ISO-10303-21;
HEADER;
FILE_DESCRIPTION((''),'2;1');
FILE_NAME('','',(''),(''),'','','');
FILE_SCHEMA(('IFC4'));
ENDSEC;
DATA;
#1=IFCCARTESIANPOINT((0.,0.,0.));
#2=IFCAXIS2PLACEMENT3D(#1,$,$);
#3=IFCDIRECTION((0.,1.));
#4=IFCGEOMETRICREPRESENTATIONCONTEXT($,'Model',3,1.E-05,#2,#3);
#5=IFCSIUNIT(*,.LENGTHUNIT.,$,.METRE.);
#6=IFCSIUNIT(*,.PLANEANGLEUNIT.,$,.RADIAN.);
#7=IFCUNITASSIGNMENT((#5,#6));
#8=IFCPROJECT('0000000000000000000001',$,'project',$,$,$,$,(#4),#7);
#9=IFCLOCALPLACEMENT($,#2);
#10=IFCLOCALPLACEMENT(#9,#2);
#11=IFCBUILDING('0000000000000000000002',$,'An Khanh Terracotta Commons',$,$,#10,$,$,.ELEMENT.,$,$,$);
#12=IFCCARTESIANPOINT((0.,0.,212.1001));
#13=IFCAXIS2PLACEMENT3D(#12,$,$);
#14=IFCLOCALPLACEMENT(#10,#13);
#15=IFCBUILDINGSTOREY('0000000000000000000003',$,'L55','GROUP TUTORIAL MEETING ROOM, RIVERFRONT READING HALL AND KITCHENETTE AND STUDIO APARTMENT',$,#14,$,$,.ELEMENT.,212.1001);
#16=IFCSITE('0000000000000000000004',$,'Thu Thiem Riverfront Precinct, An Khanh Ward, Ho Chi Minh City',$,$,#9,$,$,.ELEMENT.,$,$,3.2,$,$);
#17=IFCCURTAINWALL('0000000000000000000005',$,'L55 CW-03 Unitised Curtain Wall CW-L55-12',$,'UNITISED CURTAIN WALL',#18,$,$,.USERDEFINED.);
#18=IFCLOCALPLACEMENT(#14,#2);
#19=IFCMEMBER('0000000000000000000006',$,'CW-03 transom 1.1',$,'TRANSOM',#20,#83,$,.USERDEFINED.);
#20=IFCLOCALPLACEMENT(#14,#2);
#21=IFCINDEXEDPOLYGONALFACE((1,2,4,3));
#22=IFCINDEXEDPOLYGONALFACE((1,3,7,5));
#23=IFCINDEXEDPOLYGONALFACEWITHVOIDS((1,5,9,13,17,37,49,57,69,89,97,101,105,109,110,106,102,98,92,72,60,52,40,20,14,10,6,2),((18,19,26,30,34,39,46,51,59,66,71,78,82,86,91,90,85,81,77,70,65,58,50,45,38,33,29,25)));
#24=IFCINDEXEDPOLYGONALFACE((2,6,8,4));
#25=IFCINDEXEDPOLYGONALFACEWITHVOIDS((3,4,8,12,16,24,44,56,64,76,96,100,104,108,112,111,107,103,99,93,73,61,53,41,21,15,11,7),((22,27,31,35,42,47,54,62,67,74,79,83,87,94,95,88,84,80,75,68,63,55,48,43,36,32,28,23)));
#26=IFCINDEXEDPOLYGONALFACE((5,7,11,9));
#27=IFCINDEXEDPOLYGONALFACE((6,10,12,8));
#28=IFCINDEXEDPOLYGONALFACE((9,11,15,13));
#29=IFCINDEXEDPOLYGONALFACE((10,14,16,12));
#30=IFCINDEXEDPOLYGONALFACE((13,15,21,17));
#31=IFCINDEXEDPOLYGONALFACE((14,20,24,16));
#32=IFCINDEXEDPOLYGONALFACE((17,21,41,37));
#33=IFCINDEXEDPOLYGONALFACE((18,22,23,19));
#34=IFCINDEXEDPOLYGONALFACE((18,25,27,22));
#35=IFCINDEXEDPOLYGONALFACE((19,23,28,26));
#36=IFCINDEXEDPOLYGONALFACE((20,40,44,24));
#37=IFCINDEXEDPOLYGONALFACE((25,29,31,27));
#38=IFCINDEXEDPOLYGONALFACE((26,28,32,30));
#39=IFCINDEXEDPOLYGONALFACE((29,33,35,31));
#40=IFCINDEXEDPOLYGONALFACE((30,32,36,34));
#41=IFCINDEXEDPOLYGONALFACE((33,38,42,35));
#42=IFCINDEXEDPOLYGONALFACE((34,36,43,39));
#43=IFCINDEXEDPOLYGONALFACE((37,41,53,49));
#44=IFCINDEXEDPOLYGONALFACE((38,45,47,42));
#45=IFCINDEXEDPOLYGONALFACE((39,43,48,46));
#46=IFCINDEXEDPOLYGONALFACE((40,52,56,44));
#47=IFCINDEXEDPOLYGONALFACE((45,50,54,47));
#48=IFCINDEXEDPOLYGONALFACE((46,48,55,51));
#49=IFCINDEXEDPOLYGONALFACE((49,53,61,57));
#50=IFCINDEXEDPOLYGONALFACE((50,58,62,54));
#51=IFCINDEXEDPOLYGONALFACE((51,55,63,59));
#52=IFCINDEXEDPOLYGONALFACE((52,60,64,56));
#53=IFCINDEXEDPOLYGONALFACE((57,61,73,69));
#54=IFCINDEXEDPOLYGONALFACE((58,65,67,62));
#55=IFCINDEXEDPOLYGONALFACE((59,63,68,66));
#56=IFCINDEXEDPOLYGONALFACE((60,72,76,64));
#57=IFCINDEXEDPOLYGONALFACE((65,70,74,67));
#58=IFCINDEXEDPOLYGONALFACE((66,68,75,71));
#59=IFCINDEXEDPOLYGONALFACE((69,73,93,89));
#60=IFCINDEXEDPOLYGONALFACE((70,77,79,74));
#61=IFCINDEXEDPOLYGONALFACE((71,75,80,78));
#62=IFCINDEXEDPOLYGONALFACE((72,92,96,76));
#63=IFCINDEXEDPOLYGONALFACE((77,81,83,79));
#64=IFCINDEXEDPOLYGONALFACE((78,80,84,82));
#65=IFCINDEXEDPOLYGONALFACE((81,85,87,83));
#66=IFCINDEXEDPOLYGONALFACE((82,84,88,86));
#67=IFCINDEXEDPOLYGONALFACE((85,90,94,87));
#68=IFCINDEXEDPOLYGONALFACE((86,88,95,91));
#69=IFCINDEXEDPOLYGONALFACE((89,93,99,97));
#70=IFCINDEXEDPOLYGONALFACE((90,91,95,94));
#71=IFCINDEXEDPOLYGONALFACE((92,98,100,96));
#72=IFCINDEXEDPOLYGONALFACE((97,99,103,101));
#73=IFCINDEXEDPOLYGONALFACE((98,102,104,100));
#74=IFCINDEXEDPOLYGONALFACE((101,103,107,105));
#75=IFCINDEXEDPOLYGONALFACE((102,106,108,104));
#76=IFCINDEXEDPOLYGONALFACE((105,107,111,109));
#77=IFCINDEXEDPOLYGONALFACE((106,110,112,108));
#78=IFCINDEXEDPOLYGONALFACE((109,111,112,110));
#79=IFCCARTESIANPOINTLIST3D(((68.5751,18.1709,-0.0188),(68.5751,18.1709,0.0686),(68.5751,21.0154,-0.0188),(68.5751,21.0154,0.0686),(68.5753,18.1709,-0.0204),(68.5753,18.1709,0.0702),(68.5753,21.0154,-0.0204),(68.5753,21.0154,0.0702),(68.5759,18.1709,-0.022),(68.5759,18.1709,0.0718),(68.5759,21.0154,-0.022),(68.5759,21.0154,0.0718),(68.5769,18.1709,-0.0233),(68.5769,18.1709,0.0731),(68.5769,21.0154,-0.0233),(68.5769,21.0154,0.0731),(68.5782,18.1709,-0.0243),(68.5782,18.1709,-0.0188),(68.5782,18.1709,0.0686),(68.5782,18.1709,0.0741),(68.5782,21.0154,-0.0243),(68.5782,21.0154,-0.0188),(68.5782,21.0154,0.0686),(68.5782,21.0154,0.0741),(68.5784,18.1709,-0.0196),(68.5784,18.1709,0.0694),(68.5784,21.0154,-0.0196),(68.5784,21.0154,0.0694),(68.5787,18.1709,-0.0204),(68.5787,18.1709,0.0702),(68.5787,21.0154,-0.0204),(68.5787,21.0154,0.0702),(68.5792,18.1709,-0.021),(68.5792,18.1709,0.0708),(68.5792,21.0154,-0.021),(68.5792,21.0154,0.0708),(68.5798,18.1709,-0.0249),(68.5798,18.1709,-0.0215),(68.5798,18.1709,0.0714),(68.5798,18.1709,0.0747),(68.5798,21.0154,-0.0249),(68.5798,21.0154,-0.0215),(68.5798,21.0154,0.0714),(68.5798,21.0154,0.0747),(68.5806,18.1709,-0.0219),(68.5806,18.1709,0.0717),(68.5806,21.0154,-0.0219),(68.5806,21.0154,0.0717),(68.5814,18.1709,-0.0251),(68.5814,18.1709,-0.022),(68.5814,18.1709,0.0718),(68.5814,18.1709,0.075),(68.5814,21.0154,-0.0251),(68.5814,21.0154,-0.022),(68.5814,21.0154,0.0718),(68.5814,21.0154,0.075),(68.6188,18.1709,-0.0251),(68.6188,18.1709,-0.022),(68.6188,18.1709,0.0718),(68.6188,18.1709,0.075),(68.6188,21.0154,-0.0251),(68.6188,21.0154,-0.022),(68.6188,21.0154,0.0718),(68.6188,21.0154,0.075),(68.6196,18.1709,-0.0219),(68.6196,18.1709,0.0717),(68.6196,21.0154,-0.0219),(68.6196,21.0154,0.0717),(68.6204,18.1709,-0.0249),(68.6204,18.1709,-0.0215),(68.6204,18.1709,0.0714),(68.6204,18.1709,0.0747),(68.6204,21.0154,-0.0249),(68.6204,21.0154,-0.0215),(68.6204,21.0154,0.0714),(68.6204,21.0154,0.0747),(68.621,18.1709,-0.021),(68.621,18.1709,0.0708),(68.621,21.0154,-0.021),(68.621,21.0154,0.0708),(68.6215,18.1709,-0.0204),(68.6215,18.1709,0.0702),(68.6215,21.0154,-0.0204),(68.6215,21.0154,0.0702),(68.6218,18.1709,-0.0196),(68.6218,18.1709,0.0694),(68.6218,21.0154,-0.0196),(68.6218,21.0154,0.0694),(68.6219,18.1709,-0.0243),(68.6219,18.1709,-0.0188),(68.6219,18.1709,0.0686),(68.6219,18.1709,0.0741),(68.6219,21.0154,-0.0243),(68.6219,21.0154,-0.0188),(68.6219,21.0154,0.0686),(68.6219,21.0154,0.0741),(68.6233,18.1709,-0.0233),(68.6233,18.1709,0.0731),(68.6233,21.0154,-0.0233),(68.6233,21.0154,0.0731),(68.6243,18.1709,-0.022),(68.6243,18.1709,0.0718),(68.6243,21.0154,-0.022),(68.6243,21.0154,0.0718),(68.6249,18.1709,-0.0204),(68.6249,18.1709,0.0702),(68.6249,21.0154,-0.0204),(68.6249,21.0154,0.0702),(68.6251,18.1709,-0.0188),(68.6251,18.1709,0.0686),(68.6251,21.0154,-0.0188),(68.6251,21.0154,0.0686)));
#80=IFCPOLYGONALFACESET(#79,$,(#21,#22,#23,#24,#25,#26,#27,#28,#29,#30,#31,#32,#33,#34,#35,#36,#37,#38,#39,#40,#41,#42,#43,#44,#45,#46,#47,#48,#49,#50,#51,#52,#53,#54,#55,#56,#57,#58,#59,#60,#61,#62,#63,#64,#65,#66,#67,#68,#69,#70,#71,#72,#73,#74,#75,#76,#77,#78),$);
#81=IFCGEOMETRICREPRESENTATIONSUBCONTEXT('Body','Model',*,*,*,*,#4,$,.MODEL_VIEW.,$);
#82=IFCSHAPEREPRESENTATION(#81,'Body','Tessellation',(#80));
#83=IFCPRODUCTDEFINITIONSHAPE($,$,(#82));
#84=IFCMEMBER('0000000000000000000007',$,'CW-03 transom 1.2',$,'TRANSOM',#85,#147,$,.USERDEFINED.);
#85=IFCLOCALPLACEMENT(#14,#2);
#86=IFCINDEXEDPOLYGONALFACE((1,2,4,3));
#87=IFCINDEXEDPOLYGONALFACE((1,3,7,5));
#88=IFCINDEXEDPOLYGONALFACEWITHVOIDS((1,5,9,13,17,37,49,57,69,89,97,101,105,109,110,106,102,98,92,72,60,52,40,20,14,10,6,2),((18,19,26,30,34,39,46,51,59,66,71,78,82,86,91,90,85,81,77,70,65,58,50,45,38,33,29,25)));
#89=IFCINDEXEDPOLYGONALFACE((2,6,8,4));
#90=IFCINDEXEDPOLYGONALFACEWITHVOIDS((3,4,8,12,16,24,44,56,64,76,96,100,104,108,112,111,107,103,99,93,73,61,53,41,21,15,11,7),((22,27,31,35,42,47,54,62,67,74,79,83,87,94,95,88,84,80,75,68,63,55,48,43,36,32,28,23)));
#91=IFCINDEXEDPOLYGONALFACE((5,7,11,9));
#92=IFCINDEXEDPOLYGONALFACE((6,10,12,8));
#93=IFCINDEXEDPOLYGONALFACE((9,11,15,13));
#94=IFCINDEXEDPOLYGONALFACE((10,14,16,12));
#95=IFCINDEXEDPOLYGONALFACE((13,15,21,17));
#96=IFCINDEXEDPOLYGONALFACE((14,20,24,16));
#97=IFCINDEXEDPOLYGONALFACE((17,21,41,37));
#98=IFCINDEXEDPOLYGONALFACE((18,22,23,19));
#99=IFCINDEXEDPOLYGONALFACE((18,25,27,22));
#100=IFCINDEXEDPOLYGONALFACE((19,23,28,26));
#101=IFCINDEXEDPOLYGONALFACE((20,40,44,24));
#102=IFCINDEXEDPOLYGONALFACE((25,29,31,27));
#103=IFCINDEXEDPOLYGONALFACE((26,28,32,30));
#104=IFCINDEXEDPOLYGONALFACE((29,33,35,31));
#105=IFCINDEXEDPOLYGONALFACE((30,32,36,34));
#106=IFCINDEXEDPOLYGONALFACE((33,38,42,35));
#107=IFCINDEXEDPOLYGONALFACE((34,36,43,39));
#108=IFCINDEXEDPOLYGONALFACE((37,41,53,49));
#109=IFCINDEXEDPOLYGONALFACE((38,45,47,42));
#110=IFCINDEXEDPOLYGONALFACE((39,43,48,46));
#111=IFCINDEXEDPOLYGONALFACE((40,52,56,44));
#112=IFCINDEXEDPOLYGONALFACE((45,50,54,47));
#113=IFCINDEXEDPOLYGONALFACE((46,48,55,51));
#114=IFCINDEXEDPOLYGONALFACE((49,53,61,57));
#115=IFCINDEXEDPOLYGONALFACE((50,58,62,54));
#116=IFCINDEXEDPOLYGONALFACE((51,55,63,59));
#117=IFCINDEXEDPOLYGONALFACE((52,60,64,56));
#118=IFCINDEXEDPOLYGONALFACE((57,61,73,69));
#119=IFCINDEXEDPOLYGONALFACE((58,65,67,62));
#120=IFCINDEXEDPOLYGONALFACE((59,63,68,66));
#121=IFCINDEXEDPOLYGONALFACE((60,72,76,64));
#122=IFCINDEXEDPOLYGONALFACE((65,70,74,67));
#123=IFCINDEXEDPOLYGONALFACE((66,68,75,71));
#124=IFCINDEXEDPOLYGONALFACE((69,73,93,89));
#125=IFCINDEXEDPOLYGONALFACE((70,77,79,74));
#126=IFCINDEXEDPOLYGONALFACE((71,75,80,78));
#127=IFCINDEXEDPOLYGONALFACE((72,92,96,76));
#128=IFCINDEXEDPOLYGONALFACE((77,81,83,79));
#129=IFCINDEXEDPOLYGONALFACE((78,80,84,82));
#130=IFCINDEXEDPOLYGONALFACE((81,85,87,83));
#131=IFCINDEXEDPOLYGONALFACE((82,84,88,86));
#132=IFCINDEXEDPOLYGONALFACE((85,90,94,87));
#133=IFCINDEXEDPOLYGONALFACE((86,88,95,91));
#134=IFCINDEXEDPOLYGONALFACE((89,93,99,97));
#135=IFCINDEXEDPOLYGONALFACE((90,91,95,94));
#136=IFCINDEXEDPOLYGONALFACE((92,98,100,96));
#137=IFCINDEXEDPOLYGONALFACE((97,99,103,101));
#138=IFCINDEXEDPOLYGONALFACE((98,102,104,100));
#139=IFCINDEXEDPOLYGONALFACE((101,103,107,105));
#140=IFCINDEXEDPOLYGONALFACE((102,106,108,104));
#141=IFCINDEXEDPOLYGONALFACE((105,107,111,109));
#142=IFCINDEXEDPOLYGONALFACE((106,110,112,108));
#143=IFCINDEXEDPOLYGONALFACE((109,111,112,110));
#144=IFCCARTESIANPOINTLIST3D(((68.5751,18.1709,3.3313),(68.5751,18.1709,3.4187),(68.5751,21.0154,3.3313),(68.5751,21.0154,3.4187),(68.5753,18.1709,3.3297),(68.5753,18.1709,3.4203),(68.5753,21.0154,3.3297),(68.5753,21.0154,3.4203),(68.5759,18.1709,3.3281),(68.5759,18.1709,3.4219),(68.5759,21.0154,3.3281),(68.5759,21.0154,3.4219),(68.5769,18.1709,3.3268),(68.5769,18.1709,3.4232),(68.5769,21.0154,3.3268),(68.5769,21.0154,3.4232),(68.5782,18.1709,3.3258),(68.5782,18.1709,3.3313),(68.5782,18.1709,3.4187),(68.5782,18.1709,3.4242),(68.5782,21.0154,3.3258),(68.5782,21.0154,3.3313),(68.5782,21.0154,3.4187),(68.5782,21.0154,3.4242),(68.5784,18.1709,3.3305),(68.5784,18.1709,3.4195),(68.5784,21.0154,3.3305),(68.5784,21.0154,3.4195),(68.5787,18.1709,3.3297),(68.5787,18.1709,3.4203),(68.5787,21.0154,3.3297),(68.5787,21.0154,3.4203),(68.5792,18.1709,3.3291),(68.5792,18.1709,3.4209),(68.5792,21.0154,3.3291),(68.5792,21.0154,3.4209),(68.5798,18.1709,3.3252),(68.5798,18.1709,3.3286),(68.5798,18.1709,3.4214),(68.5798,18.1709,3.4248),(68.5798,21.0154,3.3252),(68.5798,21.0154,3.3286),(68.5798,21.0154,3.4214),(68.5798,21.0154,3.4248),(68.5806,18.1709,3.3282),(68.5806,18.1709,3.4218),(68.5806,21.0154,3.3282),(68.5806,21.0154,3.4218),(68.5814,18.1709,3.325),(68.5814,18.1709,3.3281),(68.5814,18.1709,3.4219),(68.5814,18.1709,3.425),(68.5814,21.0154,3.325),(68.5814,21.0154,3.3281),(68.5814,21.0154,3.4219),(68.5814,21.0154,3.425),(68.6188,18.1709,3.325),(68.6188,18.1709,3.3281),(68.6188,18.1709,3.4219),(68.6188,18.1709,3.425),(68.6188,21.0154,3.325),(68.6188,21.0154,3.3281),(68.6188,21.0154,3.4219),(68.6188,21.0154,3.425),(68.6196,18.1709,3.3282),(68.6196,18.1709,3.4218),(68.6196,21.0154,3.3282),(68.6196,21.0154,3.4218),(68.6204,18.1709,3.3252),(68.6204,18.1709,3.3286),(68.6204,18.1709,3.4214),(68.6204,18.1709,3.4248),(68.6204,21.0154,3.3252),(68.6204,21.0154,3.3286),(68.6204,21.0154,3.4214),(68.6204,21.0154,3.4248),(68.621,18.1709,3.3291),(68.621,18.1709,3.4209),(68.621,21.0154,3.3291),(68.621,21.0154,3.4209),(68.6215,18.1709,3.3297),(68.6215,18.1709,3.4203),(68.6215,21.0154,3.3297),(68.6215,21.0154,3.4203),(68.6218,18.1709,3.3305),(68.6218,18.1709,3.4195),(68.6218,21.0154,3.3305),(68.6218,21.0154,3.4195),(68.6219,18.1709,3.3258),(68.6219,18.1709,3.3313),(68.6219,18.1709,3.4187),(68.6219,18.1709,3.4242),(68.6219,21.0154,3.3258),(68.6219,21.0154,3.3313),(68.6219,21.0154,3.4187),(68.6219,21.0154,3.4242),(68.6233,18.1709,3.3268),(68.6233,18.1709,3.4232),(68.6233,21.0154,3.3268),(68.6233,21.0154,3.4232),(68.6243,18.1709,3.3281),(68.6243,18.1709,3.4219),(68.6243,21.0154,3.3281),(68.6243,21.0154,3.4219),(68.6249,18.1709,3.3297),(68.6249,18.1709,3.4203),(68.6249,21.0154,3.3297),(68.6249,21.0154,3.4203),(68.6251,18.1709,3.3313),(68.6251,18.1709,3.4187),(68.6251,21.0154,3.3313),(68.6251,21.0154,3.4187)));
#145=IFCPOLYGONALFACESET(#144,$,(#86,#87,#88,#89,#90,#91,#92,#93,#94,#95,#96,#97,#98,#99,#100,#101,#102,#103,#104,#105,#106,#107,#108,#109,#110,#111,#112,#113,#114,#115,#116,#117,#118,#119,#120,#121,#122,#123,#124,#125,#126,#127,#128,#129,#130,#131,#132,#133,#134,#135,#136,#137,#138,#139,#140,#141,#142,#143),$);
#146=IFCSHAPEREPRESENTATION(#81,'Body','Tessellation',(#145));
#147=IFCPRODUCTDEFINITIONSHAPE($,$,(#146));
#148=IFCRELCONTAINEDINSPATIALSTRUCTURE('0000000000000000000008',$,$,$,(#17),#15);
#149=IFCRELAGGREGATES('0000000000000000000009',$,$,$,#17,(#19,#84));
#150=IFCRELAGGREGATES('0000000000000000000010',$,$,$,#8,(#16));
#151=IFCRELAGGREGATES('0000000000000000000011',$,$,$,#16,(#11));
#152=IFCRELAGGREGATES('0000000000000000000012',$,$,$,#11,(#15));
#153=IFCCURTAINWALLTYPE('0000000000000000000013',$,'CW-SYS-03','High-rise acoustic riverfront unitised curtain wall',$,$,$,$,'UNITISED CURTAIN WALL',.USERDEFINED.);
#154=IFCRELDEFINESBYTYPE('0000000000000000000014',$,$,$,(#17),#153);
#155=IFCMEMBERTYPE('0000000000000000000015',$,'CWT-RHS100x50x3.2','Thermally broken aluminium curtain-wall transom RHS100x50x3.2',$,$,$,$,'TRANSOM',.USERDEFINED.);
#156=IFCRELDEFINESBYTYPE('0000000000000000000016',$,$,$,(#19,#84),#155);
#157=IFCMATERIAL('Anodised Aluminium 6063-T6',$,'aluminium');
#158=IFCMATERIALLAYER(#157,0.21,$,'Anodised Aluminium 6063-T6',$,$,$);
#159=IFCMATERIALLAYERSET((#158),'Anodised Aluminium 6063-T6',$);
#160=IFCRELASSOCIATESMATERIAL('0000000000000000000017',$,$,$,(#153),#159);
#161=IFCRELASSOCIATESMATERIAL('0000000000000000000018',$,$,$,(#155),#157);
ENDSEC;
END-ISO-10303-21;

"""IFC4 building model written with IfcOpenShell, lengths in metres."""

from ifc_helpers import new_model, si_unit, direction, frame, origin, origin_2d, place, context, subcontext, project, spatial, hollow_rectangle, extrude, material, layer, layer_set, material_profile, profile_set, type_object, element, aggregate, save


model = new_model("IFC4")

# Units and contexts
model_context = context("Model", 3, precision=1e-05, world=origin(), true_north=direction((0.0, 1.0)))
body_context = subcontext(model_context, "Body", "Model", "MODEL_VIEW")
ifc_project = project(units=[si_unit("LENGTHUNIT", "METRE"), si_unit("PLANEANGLEUNIT", "RADIAN")], contexts=[model_context])

# Site, building, storey
site_placement = place(None, origin())
site = spatial("IfcSite", under=ifc_project, at=site_placement, Name="Thu Thiem Riverfront Precinct, An Khanh Ward, Ho Chi Minh City", CompositionType="ELEMENT", RefElevation=3.2)
building_placement = place(site_placement, origin())
building = spatial("IfcBuilding", under=site, at=building_placement, Name="An Khanh Terracotta Commons", CompositionType="ELEMENT")
storey_placement = place(building_placement, frame((0.0, 0.0, 212.1001)))
storey = spatial("IfcBuildingStorey", under=building, at=storey_placement, Name="L55", Description="GROUP TUTORIAL MEETING ROOM, RIVERFRONT READING HALL AND KITCHENETTE AND STUDIO APARTMENT", CompositionType="ELEMENT", Elevation=212.1001)

# Curtain wall
ifc_material_1 = material(Name="Anodised Aluminium 6063-T6", Category="aluminium")
ifc_layer_1 = layer(ifc_material_1, 0.21, Name="Anodised Aluminium 6063-T6")
ifc_layer_set_1 = layer_set([ifc_layer_1], Name="Anodised Aluminium 6063-T6")
curtain_wall_type = type_object("IfcCurtainWallType", Name="CW-SYS-03", Description="High-rise acoustic riverfront unitised curtain wall", ElementType="UNITISED CURTAIN WALL", PredefinedType="USERDEFINED", material=ifc_layer_set_1)
curtain_wall_1_placement = place(storey_placement, origin())
curtain_wall_1 = element("IfcCurtainWall", 1, at=curtain_wall_1_placement, inside=storey, type_object=curtain_wall_type, Name="L55 CW-03 Unitised Curtain Wall CW-L55-12", ObjectType="UNITISED CURTAIN WALL", PredefinedType="USERDEFINED")

# Members
ifc_material_profile_1 = material_profile(ifc_material_1, hollow_rectangle(XDim=0.05, YDim=0.1001, WallThickness=0.0032, InnerFilletRadius=0.0032, OuterFilletRadius=0.0063, at=origin_2d()), Name="RHS100x50x3.2")
ifc_profile_set_1 = profile_set([ifc_material_profile_1], Name="Anodised Aluminium 6063-T6")
member_type_1 = type_object("IfcMemberType", Name="CWT-RHS100x50x3.2", Description="Thermally broken aluminium curtain-wall transom RHS100x50x3.2", ElementType="TRANSOM", PredefinedType="USERDEFINED", material=ifc_profile_set_1)
member_1_placement = place(storey_placement, frame((68.6001, 18.1709, 0.0249), z_axis=(0.0, 1.0, 0.0), x_axis=(-1.0, 0.0, 0.0)))
member_1 = element("IfcMember", 2, at=member_1_placement, type_object=member_type_1, Name="CW-03 transom 1.1", ObjectType="TRANSOM", PredefinedType="USERDEFINED", context=body_context, shape_type="SweptSolid", body=[
    extrude(hollow_rectangle(XDim=0.05, YDim=0.1001, WallThickness=0.0032, InnerFilletRadius=0.0032, OuterFilletRadius=0.0063, at=origin_2d()), origin(), (0.0, 0.0, 1.0), 2.8445),
])
member_2_placement = place(storey_placement, frame((68.6001, 18.1709, 3.375), z_axis=(0.0, 1.0, 0.0), x_axis=(-1.0, 0.0, 0.0)))
member_2 = element("IfcMember", 3, at=member_2_placement, type_object=member_type_1, Name="CW-03 transom 1.2", ObjectType="TRANSOM", PredefinedType="USERDEFINED", context=body_context, shape_type="SweptSolid", body=[
    extrude(hollow_rectangle(XDim=0.05, YDim=0.1001, WallThickness=0.0032, InnerFilletRadius=0.0032, OuterFilletRadius=0.0063, at=origin_2d()), origin(), (0.0, 0.0, 1.0), 2.8445),
])

aggregate(curtain_wall_1, [member_1, member_2])

save(model, "model.ifc")
